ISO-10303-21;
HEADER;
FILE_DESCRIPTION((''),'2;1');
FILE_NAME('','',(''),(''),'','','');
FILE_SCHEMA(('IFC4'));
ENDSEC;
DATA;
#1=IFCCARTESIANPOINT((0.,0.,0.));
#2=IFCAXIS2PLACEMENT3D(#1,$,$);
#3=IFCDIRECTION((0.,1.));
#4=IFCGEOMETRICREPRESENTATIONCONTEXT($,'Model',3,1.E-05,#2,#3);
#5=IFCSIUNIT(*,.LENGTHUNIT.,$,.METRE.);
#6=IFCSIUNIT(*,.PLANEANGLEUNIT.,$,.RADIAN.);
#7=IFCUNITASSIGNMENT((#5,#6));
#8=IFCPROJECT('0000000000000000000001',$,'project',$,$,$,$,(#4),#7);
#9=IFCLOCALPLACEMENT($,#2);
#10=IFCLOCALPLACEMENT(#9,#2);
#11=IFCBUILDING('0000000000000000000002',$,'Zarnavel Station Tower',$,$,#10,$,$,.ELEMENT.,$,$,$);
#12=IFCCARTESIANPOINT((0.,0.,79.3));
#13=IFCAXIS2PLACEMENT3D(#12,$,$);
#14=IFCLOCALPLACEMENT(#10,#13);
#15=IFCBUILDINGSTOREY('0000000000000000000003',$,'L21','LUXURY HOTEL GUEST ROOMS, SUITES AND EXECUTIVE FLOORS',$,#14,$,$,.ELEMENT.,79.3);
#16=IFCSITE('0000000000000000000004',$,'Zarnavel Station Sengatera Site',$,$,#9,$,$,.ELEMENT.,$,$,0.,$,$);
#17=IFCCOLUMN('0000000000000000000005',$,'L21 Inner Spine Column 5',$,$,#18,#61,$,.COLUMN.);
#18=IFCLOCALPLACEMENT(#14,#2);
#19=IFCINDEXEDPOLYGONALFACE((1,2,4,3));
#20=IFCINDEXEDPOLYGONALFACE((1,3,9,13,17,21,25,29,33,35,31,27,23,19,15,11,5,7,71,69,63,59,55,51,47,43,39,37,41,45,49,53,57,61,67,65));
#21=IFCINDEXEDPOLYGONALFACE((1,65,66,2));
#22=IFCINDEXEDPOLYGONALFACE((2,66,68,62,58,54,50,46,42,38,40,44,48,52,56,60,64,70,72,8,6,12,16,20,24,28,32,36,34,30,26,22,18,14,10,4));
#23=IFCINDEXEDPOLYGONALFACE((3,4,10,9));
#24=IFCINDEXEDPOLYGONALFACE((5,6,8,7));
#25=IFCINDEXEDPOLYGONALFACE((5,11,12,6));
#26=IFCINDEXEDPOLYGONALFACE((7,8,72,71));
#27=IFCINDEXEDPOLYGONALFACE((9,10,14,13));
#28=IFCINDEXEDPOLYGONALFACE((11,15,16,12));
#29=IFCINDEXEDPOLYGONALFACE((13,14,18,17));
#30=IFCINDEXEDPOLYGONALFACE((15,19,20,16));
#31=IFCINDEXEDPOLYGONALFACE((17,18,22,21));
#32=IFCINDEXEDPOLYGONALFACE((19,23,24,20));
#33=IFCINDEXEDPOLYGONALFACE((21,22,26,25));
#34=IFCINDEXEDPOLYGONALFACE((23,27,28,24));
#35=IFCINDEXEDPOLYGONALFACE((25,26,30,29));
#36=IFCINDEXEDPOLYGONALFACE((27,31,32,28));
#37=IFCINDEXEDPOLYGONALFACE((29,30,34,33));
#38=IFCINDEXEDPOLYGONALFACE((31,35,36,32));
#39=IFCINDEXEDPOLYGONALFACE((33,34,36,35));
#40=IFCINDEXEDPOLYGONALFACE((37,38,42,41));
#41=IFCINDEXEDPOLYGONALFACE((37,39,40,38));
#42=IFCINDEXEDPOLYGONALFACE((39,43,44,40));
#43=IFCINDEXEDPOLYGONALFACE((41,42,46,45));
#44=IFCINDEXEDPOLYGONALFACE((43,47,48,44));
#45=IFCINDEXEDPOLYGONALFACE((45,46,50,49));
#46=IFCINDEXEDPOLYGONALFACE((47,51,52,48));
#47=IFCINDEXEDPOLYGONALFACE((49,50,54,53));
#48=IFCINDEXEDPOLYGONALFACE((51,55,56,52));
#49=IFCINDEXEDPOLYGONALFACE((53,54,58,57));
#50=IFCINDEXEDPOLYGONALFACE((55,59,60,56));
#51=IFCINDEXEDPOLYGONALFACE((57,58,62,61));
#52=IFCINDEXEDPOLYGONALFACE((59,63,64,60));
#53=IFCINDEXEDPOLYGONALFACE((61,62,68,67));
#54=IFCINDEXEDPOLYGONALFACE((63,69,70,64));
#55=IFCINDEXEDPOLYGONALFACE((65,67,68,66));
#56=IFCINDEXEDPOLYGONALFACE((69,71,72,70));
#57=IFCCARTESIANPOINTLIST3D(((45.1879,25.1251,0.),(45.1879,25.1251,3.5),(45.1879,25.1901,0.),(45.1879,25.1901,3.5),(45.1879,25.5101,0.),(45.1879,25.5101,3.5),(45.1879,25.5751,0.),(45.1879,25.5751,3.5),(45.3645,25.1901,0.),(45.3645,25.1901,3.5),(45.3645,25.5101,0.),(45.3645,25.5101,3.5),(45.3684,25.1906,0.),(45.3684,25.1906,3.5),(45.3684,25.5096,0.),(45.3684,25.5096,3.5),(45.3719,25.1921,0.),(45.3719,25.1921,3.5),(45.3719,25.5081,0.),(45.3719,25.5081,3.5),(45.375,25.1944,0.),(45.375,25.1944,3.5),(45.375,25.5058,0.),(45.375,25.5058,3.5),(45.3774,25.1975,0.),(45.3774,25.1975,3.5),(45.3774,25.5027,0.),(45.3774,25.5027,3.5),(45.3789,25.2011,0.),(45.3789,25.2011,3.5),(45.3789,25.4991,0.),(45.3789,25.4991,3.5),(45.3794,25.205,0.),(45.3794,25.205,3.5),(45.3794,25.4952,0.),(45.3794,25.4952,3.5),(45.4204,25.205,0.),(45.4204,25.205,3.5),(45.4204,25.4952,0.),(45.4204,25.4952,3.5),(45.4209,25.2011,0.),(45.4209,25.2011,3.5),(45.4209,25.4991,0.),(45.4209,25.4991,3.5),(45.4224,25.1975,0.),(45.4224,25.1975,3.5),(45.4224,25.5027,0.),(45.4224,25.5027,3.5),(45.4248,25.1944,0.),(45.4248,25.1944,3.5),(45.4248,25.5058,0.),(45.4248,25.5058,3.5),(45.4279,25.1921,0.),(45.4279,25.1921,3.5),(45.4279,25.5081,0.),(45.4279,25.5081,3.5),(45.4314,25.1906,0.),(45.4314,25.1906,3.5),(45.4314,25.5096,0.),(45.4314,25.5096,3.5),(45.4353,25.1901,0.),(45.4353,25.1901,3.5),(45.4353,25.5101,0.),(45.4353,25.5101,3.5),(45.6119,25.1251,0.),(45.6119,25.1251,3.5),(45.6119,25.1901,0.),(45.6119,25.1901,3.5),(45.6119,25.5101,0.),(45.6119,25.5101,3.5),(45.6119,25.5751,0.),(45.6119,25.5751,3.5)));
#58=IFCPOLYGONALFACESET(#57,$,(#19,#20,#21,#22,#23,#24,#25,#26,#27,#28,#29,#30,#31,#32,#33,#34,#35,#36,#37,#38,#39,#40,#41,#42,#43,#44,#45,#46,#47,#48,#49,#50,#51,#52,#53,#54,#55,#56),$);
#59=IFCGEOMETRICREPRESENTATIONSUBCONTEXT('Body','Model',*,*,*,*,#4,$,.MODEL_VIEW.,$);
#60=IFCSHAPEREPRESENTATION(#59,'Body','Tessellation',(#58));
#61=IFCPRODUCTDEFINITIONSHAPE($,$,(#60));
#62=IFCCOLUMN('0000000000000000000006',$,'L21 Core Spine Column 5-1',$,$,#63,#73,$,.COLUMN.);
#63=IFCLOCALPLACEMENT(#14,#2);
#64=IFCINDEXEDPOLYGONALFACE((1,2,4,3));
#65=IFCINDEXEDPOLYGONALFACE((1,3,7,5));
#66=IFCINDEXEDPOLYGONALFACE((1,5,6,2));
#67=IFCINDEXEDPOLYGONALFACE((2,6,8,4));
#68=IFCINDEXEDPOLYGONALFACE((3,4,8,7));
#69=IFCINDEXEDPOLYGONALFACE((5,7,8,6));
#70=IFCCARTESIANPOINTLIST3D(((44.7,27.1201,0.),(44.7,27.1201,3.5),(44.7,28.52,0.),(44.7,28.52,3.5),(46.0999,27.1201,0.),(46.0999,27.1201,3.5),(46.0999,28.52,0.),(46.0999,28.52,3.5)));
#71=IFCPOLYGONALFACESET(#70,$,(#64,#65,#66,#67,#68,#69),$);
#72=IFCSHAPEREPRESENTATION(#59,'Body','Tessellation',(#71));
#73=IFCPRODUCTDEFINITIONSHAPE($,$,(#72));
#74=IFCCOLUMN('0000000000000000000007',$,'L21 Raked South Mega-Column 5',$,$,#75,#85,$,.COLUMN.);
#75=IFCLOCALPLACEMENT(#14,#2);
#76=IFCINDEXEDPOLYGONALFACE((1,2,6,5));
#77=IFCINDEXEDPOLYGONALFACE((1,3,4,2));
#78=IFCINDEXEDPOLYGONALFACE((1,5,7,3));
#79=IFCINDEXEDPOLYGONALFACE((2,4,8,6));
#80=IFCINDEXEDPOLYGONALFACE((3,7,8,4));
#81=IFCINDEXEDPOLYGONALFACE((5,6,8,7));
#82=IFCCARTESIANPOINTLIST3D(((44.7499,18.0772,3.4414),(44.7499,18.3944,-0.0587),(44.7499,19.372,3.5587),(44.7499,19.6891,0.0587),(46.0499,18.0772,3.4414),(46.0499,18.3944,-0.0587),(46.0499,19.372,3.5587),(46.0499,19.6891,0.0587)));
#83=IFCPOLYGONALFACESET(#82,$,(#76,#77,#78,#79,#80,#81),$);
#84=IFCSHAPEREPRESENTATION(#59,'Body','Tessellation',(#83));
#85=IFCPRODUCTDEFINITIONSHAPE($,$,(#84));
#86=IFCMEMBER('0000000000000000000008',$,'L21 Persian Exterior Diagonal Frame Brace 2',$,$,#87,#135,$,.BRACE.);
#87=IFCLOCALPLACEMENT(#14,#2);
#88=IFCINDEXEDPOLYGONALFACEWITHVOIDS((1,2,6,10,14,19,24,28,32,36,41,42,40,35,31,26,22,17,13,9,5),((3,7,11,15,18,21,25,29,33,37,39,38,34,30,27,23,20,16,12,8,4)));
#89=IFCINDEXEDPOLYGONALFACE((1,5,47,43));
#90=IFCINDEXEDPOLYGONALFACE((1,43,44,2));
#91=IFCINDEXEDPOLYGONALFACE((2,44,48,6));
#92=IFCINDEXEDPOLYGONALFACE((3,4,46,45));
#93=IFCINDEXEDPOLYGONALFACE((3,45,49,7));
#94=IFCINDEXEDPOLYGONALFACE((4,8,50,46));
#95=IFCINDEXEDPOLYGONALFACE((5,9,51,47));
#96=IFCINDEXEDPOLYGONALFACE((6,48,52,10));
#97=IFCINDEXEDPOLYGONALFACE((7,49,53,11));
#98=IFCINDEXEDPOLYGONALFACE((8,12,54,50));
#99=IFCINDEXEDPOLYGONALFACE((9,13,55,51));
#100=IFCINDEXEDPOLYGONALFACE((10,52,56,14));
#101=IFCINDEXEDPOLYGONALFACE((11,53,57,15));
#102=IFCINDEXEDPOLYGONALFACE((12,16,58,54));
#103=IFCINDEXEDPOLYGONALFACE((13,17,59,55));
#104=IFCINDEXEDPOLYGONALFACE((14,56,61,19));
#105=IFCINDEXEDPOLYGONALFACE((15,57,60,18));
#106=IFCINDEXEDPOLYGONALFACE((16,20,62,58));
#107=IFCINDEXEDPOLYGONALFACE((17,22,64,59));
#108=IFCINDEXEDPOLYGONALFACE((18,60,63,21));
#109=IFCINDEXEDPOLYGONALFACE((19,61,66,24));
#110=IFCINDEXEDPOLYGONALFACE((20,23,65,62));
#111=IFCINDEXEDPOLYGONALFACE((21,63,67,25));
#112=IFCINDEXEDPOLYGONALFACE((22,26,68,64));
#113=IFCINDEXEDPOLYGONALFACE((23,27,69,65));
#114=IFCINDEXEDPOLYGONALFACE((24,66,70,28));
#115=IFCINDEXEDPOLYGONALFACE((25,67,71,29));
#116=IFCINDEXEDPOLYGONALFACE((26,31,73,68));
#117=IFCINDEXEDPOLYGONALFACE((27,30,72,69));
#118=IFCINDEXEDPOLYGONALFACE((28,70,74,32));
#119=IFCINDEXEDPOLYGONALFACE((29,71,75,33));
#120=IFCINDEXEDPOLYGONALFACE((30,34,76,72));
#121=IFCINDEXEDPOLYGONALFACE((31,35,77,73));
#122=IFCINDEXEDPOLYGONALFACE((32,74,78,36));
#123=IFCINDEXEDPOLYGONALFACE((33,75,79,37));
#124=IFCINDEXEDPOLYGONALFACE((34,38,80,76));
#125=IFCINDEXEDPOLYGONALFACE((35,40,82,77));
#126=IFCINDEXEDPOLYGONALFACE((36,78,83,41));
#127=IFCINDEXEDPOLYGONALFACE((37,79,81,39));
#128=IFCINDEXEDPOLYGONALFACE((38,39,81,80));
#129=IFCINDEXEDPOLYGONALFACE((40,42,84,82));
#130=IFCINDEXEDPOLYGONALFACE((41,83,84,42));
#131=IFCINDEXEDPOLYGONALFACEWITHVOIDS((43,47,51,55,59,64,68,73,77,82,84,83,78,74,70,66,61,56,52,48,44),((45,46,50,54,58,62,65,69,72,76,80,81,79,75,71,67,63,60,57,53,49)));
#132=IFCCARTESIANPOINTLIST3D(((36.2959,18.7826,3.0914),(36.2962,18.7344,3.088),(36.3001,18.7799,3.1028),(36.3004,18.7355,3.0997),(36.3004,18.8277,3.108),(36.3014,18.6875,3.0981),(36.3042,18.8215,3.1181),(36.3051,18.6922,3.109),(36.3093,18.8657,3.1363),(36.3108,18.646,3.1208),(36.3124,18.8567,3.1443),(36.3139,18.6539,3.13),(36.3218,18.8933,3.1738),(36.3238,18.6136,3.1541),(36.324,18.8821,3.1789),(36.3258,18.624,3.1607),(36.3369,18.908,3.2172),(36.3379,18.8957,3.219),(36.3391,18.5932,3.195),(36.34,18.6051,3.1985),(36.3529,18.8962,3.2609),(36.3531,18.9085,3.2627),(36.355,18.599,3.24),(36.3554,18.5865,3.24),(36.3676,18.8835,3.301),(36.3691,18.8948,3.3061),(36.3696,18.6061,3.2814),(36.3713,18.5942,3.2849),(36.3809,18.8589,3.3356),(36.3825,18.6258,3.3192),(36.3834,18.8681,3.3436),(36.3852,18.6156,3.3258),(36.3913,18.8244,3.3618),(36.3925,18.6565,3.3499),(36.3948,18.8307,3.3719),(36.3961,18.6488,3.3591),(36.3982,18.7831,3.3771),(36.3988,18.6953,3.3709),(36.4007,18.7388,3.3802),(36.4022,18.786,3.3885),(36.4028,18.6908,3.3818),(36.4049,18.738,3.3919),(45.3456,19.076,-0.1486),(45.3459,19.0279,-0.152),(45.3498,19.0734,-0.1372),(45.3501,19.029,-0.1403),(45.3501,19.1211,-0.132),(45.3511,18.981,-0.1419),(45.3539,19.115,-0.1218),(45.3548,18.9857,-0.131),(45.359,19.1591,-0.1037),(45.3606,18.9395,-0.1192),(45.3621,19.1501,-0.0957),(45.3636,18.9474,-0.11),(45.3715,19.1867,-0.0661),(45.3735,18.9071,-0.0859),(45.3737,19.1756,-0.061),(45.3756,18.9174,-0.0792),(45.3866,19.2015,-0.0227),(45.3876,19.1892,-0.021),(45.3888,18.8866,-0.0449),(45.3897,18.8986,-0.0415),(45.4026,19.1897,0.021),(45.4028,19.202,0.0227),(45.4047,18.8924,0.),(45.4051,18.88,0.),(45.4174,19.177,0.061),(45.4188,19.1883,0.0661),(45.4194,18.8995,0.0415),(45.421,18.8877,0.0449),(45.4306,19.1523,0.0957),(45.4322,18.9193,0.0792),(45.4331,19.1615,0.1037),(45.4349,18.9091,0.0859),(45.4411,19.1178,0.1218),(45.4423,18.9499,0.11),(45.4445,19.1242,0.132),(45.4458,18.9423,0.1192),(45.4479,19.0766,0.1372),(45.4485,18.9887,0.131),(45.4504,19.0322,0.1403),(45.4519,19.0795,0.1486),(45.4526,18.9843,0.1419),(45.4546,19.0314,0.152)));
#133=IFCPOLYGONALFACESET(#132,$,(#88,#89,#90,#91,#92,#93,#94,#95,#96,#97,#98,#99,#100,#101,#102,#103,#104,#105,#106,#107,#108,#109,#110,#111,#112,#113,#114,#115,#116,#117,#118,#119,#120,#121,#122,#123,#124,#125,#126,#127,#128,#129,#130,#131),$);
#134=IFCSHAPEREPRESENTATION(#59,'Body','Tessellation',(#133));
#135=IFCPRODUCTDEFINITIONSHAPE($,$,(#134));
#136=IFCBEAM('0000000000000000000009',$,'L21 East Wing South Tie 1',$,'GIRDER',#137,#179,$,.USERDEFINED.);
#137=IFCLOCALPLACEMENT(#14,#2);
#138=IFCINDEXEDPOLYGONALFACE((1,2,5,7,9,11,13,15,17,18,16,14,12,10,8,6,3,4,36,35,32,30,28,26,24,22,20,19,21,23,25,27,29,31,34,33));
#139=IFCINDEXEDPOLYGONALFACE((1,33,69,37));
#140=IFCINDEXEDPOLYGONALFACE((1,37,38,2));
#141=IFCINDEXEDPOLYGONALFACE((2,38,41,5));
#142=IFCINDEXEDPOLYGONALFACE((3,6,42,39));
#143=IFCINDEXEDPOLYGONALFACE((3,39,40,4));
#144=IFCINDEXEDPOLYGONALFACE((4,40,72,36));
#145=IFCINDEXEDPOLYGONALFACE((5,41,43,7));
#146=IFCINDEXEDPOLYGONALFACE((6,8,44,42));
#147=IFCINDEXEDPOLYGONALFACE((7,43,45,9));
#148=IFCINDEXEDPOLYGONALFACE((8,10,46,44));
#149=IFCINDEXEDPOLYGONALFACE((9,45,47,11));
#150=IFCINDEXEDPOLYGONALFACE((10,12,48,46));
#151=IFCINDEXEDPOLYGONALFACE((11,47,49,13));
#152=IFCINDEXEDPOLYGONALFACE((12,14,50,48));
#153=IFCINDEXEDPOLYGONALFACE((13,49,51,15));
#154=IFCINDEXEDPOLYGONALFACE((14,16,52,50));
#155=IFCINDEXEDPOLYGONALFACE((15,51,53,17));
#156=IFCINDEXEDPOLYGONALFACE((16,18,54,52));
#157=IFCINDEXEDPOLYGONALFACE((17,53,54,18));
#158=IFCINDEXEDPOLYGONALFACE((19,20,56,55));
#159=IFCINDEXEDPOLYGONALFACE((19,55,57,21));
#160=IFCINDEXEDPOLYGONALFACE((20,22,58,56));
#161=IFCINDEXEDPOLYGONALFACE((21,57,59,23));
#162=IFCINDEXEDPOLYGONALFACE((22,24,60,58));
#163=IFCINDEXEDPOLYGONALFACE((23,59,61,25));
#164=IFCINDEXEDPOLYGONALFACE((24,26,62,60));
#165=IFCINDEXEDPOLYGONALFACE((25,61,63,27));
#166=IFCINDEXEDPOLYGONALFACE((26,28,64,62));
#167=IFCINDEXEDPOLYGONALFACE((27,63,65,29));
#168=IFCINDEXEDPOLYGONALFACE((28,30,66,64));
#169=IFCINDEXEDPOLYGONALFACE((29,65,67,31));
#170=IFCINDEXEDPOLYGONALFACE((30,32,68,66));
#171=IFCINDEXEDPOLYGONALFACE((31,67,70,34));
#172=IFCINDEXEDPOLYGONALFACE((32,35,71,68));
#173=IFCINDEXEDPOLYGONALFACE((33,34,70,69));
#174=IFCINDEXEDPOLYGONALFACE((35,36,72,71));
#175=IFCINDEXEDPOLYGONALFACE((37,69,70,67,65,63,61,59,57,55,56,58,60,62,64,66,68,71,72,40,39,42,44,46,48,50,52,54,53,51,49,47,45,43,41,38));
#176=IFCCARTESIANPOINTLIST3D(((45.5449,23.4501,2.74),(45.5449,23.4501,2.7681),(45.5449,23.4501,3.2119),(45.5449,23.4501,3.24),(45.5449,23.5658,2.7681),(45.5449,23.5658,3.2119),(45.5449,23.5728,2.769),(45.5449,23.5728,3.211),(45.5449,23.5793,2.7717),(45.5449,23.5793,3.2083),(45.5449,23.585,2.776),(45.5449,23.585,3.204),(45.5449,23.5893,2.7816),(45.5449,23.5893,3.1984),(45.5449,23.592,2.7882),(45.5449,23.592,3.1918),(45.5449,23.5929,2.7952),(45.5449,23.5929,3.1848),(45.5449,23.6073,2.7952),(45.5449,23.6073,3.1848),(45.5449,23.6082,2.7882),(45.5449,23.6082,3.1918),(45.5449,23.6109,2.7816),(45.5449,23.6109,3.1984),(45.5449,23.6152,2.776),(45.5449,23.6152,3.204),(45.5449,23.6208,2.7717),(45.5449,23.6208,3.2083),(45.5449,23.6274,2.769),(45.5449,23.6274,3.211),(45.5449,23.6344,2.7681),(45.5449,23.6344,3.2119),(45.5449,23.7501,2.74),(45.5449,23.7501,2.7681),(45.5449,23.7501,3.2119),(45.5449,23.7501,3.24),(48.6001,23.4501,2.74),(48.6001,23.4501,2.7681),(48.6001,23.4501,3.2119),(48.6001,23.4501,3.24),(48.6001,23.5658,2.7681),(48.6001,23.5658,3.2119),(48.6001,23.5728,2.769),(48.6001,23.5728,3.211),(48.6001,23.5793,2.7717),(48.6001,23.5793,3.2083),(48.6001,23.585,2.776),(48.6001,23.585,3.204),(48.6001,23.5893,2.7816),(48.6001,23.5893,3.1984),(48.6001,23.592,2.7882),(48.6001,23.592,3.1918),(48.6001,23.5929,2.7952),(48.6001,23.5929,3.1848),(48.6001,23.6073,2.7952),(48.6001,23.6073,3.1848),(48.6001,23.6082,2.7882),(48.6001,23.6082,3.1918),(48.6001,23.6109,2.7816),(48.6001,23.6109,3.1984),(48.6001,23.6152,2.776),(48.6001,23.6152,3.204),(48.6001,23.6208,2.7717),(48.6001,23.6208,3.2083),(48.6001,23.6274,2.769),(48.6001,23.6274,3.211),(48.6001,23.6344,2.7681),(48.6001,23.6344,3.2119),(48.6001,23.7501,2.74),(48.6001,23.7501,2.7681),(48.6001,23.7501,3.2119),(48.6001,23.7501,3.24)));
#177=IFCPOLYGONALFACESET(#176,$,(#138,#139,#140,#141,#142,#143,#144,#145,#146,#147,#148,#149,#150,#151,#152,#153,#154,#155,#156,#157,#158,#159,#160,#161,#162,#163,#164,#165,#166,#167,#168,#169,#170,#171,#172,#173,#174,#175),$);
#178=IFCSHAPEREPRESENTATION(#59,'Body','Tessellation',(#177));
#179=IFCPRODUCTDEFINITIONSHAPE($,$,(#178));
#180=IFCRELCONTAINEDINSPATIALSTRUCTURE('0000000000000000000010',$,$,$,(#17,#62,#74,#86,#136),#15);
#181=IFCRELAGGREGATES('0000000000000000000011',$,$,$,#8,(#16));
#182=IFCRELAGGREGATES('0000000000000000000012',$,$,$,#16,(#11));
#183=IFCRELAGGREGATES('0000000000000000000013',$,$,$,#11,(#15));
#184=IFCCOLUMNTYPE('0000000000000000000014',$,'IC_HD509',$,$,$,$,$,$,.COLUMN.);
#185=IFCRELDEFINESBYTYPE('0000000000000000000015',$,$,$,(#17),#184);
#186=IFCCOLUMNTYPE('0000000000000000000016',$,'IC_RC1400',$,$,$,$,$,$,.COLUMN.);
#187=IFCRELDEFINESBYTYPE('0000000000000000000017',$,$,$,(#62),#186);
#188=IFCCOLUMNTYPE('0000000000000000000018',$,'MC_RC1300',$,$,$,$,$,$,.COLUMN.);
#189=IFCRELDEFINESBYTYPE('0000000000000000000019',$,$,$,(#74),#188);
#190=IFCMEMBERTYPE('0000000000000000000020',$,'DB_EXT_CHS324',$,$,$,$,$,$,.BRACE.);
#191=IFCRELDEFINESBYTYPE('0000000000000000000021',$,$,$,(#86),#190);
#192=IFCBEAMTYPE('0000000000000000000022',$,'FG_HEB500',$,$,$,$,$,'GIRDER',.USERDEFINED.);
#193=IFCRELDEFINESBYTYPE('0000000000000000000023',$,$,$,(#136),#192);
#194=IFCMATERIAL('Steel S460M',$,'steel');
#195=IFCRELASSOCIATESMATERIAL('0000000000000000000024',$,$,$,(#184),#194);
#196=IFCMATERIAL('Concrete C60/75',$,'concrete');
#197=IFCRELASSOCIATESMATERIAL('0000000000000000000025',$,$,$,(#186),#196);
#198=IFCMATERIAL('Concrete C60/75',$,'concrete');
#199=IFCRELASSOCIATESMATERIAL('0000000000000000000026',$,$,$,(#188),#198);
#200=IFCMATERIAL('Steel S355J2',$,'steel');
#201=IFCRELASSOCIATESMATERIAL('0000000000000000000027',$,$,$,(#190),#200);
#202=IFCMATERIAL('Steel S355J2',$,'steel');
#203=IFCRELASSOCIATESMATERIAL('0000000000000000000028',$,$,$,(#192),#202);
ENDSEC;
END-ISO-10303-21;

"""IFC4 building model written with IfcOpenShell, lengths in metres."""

from ifc_helpers import new_model, si_unit, direction, frame, origin, origin_2d, place, context, subcontext, project, spatial, rectangle, hollow_circle, i_section, extrude, material, material_profile, profile_set, type_object, element, save


model = new_model("IFC4")

# Units and contexts
model_context = context("Model", 3, precision=1e-05, world=origin(), true_north=direction((0.0, 1.0)))
body_context = subcontext(model_context, "Body", "Model", "MODEL_VIEW")
ifc_project = project(units=[si_unit("LENGTHUNIT", "METRE"), si_unit("PLANEANGLEUNIT", "RADIAN")], contexts=[model_context])

# Site, building, storey
site_placement = place(None, origin())
site = spatial("IfcSite", under=ifc_project, at=site_placement, Name="Zarnavel Station Sengatera Site", CompositionType="ELEMENT", RefElevation=0.0)
building_placement = place(site_placement, origin())
building = spatial("IfcBuilding", under=site, at=building_placement, Name="Zarnavel Station Tower", CompositionType="ELEMENT")
storey_placement = place(building_placement, frame((0.0, 0.0, 79.3)))
storey = spatial("IfcBuildingStorey", under=building, at=storey_placement, Name="L21", Description="LUXURY HOTEL GUEST ROOMS, SUITES AND EXECUTIVE FLOORS", CompositionType="ELEMENT", Elevation=79.3)

# Columns
ifc_material_1 = material(Name="Steel S460M", Category="steel")
ifc_material_profile_1 = material_profile(ifc_material_1, i_section(OverallWidth=0.4241, OverallDepth=0.45, WebThickness=0.041, FlangeThickness=0.0649, FilletRadius=0.0149, at=origin_2d()), Name="HD400x509")
ifc_profile_set_1 = profile_set([ifc_material_profile_1], Name="Steel S460M")
column_type_1 = type_object("IfcColumnType", Name="IC_HD509", PredefinedType="COLUMN", material=ifc_profile_set_1)
column_1_placement = place(storey_placement, frame((45.3999, 25.3501, 0.0), z_axis=(0.0, 0.0, 1.0), x_axis=(1.0, 0.0, 0.0)))
element("IfcColumn", 1, at=column_1_placement, inside=storey, type_object=column_type_1, Name="L21 Inner Spine Column 5", PredefinedType="COLUMN", context=body_context, shape_type="SweptSolid", body=[
    extrude(i_section(OverallWidth=0.4241, OverallDepth=0.45, WebThickness=0.041, FlangeThickness=0.0649, FilletRadius=0.0149, at=origin_2d()), origin(), (0.0, 0.0, 1.0), 3.5),
])
ifc_material_2 = material(Name="Concrete C60/75", Category="concrete")
ifc_material_profile_2 = material_profile(ifc_material_2, rectangle(XDim=1.3999, YDim=1.3999, at=origin_2d()), Name="RC1400x1400")
ifc_profile_set_2 = profile_set([ifc_material_profile_2], Name="Concrete C60/75")
column_type_2 = type_object("IfcColumnType", Name="IC_RC1400", PredefinedType="COLUMN", material=ifc_profile_set_2)
column_2_placement = place(storey_placement, frame((45.3999, 27.8201, 0.0), z_axis=(0.0, 0.0, 1.0), x_axis=(1.0, 0.0, 0.0)))
element("IfcColumn", 2, at=column_2_placement, inside=storey, type_object=column_type_2, Name="L21 Core Spine Column 5-1", PredefinedType="COLUMN", context=body_context, shape_type="SweptSolid", body=[
    extrude(rectangle(XDim=1.3999, YDim=1.3999, at=origin_2d()), origin(), (0.0, 0.0, 1.0), 3.5),
])
ifc_material_3 = material(Name="Concrete C60/75", Category="concrete")
ifc_material_profile_3 = material_profile(ifc_material_3, rectangle(XDim=1.3, YDim=1.3, at=origin_2d()), Name="RC1300x1300")
ifc_profile_set_3 = profile_set([ifc_material_profile_3], Name="Concrete C60/75")
column_type_3 = type_object("IfcColumnType", Name="MC_RC1300", PredefinedType="COLUMN", material=ifc_profile_set_3)
column_3_placement = place(storey_placement, frame((45.3999, 19.0417, 0.0), z_axis=(0.0, -0.090241, 0.99592), x_axis=(1.0, 0.0, 0.0)))
element("IfcColumn", 3, at=column_3_placement, inside=storey, type_object=column_type_3, Name="L21 Raked South Mega-Column 5", PredefinedType="COLUMN", context=body_context, shape_type="SweptSolid", body=[
    extrude(rectangle(XDim=1.3, YDim=1.3, at=origin_2d()), origin(), (0.0, 0.0, 1.0), 3.5144),
])

# Member
ifc_material_4 = material(Name="Steel S355J2", Category="steel")
ifc_material_profile_4 = material_profile(ifc_material_4, hollow_circle(Radius=0.1619, WallThickness=0.0125, at=origin_2d()), Name="CHS323.9x12.5")
ifc_profile_set_4 = profile_set([ifc_material_profile_4], Name="Steel S355J2")
member_type = type_object("IfcMemberType", Name="DB_EXT_CHS324", PredefinedType="BRACE", material=ifc_profile_set_4)
member_placement = place(storey_placement, frame((45.3999, 19.0417, 0.0), z_axis=(-0.941042, -0.030515, 0.33691), x_axis=(0.03241, -0.999475, 0.0)))
element("IfcMember", 4, at=member_placement, inside=storey, type_object=member_type, Name="L21 Persian Exterior Diagonal Frame Brace 2", PredefinedType="BRACE", context=body_context, shape_type="SweptSolid", body=[
    extrude(hollow_circle(Radius=0.1619, WallThickness=0.0125, at=origin_2d()), origin(), (0.0, 0.0, 1.0), 9.6167),
])

# Beam
ifc_material_5 = material(Name="Steel S355J2", Category="steel")
ifc_material_profile_5 = material_profile(ifc_material_5, i_section(OverallWidth=0.3, OverallDepth=0.5, WebThickness=0.0144, FlangeThickness=0.0281, FilletRadius=0.0271, at=origin_2d()), Name="HEB500")
ifc_profile_set_5 = profile_set([ifc_material_profile_5], Name="Steel S355J2")
beam_type_1 = type_object("IfcBeamType", Name="FG_HEB500", ElementType="GIRDER", PredefinedType="USERDEFINED", material=ifc_profile_set_5)
beam_1_placement = place(storey_placement, frame((45.5449, 23.6001, 2.99), z_axis=(1.0, 0.0, 0.0), x_axis=(0.0, 1.0, 0.0)))
element("IfcBeam", 5, at=beam_1_placement, inside=storey, type_object=beam_type_1, Name="L21 East Wing South Tie 1", ObjectType="GIRDER", PredefinedType="USERDEFINED", context=body_context, shape_type="SweptSolid", body=[
    extrude(i_section(OverallWidth=0.3, OverallDepth=0.5, WebThickness=0.0144, FlangeThickness=0.0281, FilletRadius=0.0271, at=origin_2d()), origin(), (0.0, 0.0, 1.0), 3.0552),
])

save(model, "model.ifc")
